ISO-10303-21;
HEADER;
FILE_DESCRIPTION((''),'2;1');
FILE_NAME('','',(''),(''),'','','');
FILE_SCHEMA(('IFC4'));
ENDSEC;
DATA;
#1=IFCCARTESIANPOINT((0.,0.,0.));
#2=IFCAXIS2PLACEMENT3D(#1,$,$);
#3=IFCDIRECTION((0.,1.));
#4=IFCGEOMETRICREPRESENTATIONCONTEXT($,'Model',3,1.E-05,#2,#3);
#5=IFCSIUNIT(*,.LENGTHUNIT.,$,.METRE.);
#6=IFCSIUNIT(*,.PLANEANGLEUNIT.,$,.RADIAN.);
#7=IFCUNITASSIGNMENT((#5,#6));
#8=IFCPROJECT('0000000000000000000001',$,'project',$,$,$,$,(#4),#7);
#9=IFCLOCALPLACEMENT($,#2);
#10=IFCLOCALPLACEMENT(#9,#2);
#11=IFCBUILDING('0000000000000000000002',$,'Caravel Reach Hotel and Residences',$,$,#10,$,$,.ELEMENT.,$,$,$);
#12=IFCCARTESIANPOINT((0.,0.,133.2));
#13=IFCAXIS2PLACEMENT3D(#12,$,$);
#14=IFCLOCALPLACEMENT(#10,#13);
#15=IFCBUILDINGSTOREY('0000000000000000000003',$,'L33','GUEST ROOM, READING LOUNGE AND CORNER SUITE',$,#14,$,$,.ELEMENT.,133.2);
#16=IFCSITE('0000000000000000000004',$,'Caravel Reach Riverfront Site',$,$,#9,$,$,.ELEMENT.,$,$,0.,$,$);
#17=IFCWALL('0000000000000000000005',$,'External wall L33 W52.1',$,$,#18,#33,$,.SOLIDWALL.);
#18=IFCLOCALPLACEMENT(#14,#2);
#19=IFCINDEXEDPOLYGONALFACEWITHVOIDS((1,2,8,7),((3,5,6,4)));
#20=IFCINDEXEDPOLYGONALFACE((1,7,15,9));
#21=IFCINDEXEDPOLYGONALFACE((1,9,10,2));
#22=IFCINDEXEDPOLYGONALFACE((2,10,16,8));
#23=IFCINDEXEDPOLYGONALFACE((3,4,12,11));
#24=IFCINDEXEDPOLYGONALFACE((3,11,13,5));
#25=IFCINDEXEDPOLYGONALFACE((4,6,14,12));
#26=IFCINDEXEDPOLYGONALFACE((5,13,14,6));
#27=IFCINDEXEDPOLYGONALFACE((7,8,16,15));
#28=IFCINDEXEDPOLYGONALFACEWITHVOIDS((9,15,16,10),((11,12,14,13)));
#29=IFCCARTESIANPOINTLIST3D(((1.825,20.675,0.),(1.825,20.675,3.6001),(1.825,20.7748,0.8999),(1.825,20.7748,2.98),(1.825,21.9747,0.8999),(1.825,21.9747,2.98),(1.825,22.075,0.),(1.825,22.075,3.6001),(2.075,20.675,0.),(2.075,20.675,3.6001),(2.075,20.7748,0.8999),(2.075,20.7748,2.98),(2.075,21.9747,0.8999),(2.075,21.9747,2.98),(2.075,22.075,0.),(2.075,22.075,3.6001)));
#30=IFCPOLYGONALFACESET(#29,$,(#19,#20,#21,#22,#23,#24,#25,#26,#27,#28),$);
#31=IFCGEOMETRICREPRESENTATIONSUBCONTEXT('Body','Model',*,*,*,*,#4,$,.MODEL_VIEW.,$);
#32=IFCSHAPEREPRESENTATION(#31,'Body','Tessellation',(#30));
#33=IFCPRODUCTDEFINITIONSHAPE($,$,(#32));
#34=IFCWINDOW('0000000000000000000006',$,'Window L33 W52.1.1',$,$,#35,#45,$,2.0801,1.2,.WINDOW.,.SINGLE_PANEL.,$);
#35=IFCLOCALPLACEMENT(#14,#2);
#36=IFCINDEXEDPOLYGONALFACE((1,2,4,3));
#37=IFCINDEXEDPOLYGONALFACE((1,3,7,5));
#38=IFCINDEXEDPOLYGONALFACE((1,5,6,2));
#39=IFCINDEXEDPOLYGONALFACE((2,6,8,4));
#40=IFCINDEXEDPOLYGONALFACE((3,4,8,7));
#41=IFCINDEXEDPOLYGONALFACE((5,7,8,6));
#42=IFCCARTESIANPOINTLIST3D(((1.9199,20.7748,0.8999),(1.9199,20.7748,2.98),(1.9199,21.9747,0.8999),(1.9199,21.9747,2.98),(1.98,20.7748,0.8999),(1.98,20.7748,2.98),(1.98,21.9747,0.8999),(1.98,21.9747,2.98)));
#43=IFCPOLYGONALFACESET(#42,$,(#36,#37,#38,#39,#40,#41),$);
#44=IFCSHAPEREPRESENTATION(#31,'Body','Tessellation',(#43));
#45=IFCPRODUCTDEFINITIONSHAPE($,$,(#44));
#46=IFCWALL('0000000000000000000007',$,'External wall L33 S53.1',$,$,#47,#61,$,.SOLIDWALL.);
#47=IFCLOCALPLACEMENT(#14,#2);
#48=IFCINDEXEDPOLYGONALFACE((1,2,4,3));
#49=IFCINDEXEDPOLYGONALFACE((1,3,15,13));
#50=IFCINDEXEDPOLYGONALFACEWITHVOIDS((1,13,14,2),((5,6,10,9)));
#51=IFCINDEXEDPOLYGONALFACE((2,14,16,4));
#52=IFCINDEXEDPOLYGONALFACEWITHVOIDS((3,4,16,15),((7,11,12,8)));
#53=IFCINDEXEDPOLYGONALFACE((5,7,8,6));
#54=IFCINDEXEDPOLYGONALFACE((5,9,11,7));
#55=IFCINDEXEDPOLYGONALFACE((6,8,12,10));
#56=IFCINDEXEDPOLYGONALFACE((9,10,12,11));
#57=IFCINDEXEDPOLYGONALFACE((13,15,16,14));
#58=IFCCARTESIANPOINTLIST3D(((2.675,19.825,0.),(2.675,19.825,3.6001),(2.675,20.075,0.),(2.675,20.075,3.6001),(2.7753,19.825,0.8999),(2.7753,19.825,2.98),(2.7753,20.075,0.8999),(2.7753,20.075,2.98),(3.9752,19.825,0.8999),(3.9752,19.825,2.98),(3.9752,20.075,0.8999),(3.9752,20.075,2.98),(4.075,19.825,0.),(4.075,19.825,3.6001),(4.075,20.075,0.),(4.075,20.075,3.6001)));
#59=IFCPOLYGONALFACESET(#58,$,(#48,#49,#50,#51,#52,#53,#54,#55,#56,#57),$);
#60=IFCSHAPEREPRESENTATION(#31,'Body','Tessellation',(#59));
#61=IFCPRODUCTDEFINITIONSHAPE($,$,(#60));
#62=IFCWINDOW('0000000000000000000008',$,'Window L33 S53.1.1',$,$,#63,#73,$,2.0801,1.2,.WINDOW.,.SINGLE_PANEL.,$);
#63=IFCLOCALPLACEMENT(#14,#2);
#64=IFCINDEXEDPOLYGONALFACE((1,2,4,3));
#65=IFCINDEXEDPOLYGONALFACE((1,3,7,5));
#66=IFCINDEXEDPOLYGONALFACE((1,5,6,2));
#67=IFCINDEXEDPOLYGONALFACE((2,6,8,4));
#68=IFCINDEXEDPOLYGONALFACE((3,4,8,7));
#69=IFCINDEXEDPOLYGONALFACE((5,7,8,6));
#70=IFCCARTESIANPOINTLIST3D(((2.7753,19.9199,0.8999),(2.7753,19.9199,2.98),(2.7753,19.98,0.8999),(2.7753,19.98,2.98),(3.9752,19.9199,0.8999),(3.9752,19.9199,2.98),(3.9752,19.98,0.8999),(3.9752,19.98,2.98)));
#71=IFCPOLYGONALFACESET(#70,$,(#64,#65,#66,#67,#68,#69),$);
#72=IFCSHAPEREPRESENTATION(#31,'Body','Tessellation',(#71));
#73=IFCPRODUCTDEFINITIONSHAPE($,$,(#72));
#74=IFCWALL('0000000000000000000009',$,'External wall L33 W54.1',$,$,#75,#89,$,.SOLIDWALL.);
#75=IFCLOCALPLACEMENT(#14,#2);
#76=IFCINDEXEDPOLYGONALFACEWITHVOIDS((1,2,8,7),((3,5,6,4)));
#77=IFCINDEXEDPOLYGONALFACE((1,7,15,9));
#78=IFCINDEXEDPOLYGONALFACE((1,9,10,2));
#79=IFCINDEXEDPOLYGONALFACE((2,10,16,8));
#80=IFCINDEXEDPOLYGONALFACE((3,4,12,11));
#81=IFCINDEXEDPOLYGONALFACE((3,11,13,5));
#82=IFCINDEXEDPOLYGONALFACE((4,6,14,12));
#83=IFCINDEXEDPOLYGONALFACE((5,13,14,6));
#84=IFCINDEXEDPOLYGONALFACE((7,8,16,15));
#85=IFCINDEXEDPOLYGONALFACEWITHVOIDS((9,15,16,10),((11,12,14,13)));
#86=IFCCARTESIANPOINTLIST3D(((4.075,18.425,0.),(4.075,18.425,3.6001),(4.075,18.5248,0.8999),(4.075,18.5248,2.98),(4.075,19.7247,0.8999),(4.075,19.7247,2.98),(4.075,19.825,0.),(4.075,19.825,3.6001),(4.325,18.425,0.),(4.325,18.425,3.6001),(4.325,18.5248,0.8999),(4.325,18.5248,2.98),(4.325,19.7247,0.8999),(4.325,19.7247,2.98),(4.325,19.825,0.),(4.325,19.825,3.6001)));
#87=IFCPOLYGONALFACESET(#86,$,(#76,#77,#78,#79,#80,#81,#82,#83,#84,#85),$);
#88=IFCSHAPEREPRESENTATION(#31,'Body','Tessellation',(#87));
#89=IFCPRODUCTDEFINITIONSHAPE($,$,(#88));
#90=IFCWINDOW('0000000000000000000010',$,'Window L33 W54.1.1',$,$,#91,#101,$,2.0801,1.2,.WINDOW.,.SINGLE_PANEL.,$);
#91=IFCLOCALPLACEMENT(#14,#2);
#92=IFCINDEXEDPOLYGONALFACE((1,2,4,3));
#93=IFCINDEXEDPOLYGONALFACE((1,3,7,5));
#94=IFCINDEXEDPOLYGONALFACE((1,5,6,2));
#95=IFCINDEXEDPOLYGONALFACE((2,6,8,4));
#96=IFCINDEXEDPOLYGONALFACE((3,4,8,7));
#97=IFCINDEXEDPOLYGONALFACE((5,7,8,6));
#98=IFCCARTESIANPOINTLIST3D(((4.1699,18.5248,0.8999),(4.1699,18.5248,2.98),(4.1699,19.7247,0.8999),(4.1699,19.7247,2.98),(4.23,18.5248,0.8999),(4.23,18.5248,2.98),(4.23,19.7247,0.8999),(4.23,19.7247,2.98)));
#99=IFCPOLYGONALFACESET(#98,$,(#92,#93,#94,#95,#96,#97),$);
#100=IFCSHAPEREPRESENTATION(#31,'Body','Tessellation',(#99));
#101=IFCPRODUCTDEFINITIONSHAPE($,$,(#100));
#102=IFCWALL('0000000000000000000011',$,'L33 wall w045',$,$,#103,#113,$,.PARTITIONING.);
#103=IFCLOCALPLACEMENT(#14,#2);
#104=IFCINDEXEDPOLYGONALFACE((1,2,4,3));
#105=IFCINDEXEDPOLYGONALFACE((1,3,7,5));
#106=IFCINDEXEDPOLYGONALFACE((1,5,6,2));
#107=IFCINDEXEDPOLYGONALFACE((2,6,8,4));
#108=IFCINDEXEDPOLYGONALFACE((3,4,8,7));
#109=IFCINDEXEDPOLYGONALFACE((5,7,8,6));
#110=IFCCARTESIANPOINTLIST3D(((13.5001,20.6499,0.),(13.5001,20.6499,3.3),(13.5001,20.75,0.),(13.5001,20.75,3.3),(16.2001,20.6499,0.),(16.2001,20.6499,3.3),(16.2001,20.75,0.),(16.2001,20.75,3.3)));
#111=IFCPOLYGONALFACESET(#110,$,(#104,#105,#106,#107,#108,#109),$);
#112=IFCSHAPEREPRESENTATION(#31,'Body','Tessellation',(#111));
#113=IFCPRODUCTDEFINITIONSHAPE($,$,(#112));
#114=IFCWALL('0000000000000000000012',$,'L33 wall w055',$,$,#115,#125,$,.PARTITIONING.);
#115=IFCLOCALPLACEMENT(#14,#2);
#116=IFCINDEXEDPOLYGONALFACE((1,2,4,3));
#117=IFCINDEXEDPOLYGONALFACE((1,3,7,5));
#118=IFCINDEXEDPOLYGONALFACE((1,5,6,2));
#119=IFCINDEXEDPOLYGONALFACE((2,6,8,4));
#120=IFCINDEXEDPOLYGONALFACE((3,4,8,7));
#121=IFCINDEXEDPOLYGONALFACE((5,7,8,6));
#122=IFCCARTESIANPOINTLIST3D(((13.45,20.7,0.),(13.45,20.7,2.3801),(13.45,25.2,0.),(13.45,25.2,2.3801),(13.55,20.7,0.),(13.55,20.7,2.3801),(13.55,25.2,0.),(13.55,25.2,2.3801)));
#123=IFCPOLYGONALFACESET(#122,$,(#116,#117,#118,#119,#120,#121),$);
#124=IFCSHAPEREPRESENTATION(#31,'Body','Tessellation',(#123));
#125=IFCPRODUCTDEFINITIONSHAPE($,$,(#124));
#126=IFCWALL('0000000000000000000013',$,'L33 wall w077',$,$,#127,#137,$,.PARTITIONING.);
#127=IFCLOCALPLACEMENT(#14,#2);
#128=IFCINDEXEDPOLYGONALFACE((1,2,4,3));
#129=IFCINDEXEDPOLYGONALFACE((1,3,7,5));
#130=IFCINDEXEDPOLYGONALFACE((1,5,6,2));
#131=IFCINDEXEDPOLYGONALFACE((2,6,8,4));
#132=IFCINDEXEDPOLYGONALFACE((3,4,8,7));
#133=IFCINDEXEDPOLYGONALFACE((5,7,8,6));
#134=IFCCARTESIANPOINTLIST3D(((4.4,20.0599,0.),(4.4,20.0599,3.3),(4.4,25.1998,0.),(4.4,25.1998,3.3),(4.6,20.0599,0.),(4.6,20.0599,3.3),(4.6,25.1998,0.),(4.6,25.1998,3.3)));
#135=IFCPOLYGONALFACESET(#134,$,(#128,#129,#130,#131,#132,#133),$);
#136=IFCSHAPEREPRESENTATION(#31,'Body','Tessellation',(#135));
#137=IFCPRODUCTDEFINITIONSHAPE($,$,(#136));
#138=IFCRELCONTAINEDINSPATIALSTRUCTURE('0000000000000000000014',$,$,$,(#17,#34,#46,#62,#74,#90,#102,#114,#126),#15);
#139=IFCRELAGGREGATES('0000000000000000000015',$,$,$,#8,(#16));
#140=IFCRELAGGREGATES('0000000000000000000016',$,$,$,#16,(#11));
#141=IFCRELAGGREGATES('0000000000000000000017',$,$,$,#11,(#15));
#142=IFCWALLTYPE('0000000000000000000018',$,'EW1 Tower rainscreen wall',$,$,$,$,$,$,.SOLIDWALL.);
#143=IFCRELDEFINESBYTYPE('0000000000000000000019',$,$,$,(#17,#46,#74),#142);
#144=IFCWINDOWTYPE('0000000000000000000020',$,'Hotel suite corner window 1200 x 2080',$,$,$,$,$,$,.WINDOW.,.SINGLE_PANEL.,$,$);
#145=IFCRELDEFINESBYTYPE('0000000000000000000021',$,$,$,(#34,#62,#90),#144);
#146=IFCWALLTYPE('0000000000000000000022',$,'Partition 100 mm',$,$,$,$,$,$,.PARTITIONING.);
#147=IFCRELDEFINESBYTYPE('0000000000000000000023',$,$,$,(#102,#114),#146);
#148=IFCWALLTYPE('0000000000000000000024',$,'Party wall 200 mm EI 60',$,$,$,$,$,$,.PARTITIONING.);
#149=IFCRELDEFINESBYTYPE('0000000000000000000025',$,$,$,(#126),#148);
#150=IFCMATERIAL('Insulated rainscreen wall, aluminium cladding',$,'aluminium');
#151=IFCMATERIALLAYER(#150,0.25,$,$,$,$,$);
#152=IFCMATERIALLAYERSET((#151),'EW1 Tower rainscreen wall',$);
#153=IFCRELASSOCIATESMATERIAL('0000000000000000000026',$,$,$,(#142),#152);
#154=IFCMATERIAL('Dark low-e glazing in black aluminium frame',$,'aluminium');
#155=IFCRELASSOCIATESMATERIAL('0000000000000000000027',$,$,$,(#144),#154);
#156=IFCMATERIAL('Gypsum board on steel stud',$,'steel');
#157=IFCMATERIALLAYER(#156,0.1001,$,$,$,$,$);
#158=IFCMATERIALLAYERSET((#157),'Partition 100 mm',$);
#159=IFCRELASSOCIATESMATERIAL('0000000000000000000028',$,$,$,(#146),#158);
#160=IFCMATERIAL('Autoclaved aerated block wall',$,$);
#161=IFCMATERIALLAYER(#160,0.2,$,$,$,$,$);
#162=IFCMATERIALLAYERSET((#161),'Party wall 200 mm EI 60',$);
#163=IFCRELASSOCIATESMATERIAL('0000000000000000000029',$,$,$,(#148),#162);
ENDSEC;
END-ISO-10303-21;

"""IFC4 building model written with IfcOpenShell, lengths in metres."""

from ifc_helpers import new_model, si_unit, direction, frame, frame_2d, origin, place, context, subcontext, project, spatial, rectangle, extrude, material, layer, layer_set, type_object, element, fill, save


model = new_model("IFC4")

# Units and contexts
model_context = context("Model", 3, precision=1e-05, world=origin(), true_north=direction((0.0, 1.0)))
body_context = subcontext(model_context, "Body", "Model", "MODEL_VIEW")
ifc_project = project(units=[si_unit("LENGTHUNIT", "METRE"), si_unit("PLANEANGLEUNIT", "RADIAN")], contexts=[model_context])

# Site, building, storey
site_placement = place(None, origin())
site = spatial("IfcSite", under=ifc_project, at=site_placement, Name="Caravel Reach Riverfront Site", CompositionType="ELEMENT", RefElevation=0.0)
building_placement = place(site_placement, origin())
building = spatial("IfcBuilding", under=site, at=building_placement, Name="Caravel Reach Hotel and Residences", CompositionType="ELEMENT")
storey_placement = place(building_placement, frame((0.0, 0.0, 133.2)))
storey = spatial("IfcBuildingStorey", under=building, at=storey_placement, Name="L33", Description="GUEST ROOM, READING LOUNGE AND CORNER SUITE", CompositionType="ELEMENT", Elevation=133.2)

# Walls, openings, windows
ifc_material_1 = material(Name="Insulated rainscreen wall, aluminium cladding", Category="aluminium")
ifc_layer_1 = layer(ifc_material_1, 0.25)
ifc_layer_set_1 = layer_set([ifc_layer_1], Name="EW1 Tower rainscreen wall")
wall_type_1 = type_object("IfcWallType", Name="EW1 Tower rainscreen wall", PredefinedType="SOLIDWALL", material=ifc_layer_set_1)
ifc_material_2 = material(Name="Dark low-e glazing in black aluminium frame", Category="aluminium")
window_type = type_object("IfcWindowType", Name="Hotel suite corner window 1200 x 2080", PartitioningType="SINGLE_PANEL", PredefinedType="WINDOW", material=ifc_material_2)
wall_1_placement = place(storey_placement, frame((1.95, 22.075, 0.0), z_axis=(0.0, 0.0, 1.0), x_axis=(0.0, -1.0, 0.0)))
wall_1 = element("IfcWall", 1, at=wall_1_placement, inside=storey, type_object=wall_type_1, Name="External wall L33 W52.1", PredefinedType="SOLIDWALL", context=body_context, shape_type="SweptSolid", body=[
    extrude(rectangle(XDim=1.3999, YDim=0.25, at=frame_2d((0.7, 0.0))), origin(), (0.0, 0.0, 1.0), 3.6001),
])
opening_1_placement = place(wall_1_placement, frame((0.1001, 0.0, 0.8999)))
opening_1 = element("IfcOpeningElement", 2, at=opening_1_placement, cuts=wall_1, PredefinedType="OPENING", context=body_context, shape_type="SweptSolid", body=[
    extrude(rectangle(XDim=1.2, YDim=2.0801, at=frame_2d((0.6001, 1.04))), frame((0.0, 0.135, 0.0), z_axis=(0.0, -1.0, 0.0), x_axis=(1.0, 0.0, 0.0)), (0.0, 0.0, 1.0), 0.27),
])
window_1_placement = place(opening_1_placement, origin())
window_1 = element("IfcWindow", 3, at=window_1_placement, inside=storey, type_object=window_type, Name="Window L33 W52.1.1", OverallHeight=2.0801, OverallWidth=1.2, PartitioningType="SINGLE_PANEL", PredefinedType="WINDOW", context=body_context, shape_type="SweptSolid", body=[
    extrude(rectangle(XDim=1.2, YDim=2.0801, at=frame_2d((0.6001, 1.04))), frame((0.0, 0.03, 0.0), z_axis=(0.0, -1.0, 0.0), x_axis=(1.0, 0.0, 0.0)), (0.0, 0.0, 1.0), 0.0601),
])
fill(opening_1, window_1)
wall_2_placement = place(storey_placement, frame((2.675, 19.95, 0.0), z_axis=(0.0, 0.0, 1.0), x_axis=(1.0, 0.0, 0.0)))
wall_2 = element("IfcWall", 4, at=wall_2_placement, inside=storey, type_object=wall_type_1, Name="External wall L33 S53.1", PredefinedType="SOLIDWALL", context=body_context, shape_type="SweptSolid", body=[
    extrude(rectangle(XDim=1.3999, YDim=0.25, at=frame_2d((0.7, 0.0))), origin(), (0.0, 0.0, 1.0), 3.6001),
])
opening_2_placement = place(wall_2_placement, frame((0.1001, 0.0, 0.8999)))
opening_2 = element("IfcOpeningElement", 5, at=opening_2_placement, cuts=wall_2, PredefinedType="OPENING", context=body_context, shape_type="SweptSolid", body=[
    extrude(rectangle(XDim=1.2, YDim=2.0801, at=frame_2d((0.6001, 1.04))), frame((0.0, 0.135, 0.0), z_axis=(0.0, -1.0, 0.0), x_axis=(1.0, 0.0, 0.0)), (0.0, 0.0, 1.0), 0.27),
])
window_2_placement = place(opening_2_placement, origin())
window_2 = element("IfcWindow", 6, at=window_2_placement, inside=storey, type_object=window_type, Name="Window L33 S53.1.1", OverallHeight=2.0801, OverallWidth=1.2, PartitioningType="SINGLE_PANEL", PredefinedType="WINDOW", context=body_context, shape_type="SweptSolid", body=[
    extrude(rectangle(XDim=1.2, YDim=2.0801, at=frame_2d((0.6001, 1.04))), frame((0.0, 0.03, 0.0), z_axis=(0.0, -1.0, 0.0), x_axis=(1.0, 0.0, 0.0)), (0.0, 0.0, 1.0), 0.0601),
])
fill(opening_2, window_2)
wall_3_placement = place(storey_placement, frame((4.2, 19.825, 0.0), z_axis=(0.0, 0.0, 1.0), x_axis=(0.0, -1.0, 0.0)))
wall_3 = element("IfcWall", 7, at=wall_3_placement, inside=storey, type_object=wall_type_1, Name="External wall L33 W54.1", PredefinedType="SOLIDWALL", context=body_context, shape_type="SweptSolid", body=[
    extrude(rectangle(XDim=1.3999, YDim=0.25, at=frame_2d((0.7, 0.0))), origin(), (0.0, 0.0, 1.0), 3.6001),
])
opening_3_placement = place(wall_3_placement, frame((0.1001, 0.0, 0.8999)))
opening_3 = element("IfcOpeningElement", 8, at=opening_3_placement, cuts=wall_3, PredefinedType="OPENING", context=body_context, shape_type="SweptSolid", body=[
    extrude(rectangle(XDim=1.2, YDim=2.0801, at=frame_2d((0.6001, 1.04))), frame((0.0, 0.135, 0.0), z_axis=(0.0, -1.0, 0.0), x_axis=(1.0, 0.0, 0.0)), (0.0, 0.0, 1.0), 0.27),
])
window_3_placement = place(opening_3_placement, origin())
window_3 = element("IfcWindow", 9, at=window_3_placement, inside=storey, type_object=window_type, Name="Window L33 W54.1.1", OverallHeight=2.0801, OverallWidth=1.2, PartitioningType="SINGLE_PANEL", PredefinedType="WINDOW", context=body_context, shape_type="SweptSolid", body=[
    extrude(rectangle(XDim=1.2, YDim=2.0801, at=frame_2d((0.6001, 1.04))), frame((0.0, 0.03, 0.0), z_axis=(0.0, -1.0, 0.0), x_axis=(1.0, 0.0, 0.0)), (0.0, 0.0, 1.0), 0.0601),
])
fill(opening_3, window_3)

# Walls
ifc_material_3 = material(Name="Gypsum board on steel stud", Category="steel")
ifc_layer_2 = layer(ifc_material_3, 0.1001)
ifc_layer_set_2 = layer_set([ifc_layer_2], Name="Partition 100 mm")
wall_type_2 = type_object("IfcWallType", Name="Partition 100 mm", PredefinedType="PARTITIONING", material=ifc_layer_set_2)
wall_4_placement = place(storey_placement, frame((13.5, 20.7, 0.0), z_axis=(0.0, 0.0, 1.0), x_axis=(1.0, 0.0, 0.0)))
element("IfcWall", 10, at=wall_4_placement, inside=storey, type_object=wall_type_2, Name="L33 wall w045", PredefinedType="PARTITIONING", context=body_context, shape_type="SweptSolid", body=[
    extrude(rectangle(XDim=2.7, YDim=0.1001, at=frame_2d((1.3501, 0.0))), origin(), (0.0, 0.0, 1.0), 3.3),
])
wall_5_placement = place(storey_placement, frame((13.5, 20.7, 0.0), z_axis=(0.0, 0.0, 1.0), x_axis=(0.0, 1.0, 0.0)))
element("IfcWall", 11, at=wall_5_placement, inside=storey, type_object=wall_type_2, Name="L33 wall w055", PredefinedType="PARTITIONING", context=body_context, shape_type="SweptSolid", body=[
    extrude(rectangle(XDim=4.5, YDim=0.1001, at=frame_2d((2.25, 0.0))), origin(), (0.0, 0.0, 1.0), 2.3801),
])
ifc_material_4 = material(Name="Autoclaved aerated block wall")
ifc_layer_3 = layer(ifc_material_4, 0.2)
ifc_layer_set_3 = layer_set([ifc_layer_3], Name="Party wall 200 mm EI 60")
wall_type_3 = type_object("IfcWallType", Name="Party wall 200 mm EI 60", PredefinedType="PARTITIONING", material=ifc_layer_set_3)
wall_6_placement = place(storey_placement, frame((4.5, 20.0601, 0.0), z_axis=(0.0, 0.0, 1.0), x_axis=(0.0, 1.0, 0.0)))
element("IfcWall", 12, at=wall_6_placement, inside=storey, type_object=wall_type_3, Name="L33 wall w077", PredefinedType="PARTITIONING", context=body_context, shape_type="SweptSolid", body=[
    extrude(rectangle(XDim=5.1399, YDim=0.2, at=frame_2d((2.5698, 0.0))), origin(), (0.0, 0.0, 1.0), 3.3),
])

save(model, "model.ifc")
